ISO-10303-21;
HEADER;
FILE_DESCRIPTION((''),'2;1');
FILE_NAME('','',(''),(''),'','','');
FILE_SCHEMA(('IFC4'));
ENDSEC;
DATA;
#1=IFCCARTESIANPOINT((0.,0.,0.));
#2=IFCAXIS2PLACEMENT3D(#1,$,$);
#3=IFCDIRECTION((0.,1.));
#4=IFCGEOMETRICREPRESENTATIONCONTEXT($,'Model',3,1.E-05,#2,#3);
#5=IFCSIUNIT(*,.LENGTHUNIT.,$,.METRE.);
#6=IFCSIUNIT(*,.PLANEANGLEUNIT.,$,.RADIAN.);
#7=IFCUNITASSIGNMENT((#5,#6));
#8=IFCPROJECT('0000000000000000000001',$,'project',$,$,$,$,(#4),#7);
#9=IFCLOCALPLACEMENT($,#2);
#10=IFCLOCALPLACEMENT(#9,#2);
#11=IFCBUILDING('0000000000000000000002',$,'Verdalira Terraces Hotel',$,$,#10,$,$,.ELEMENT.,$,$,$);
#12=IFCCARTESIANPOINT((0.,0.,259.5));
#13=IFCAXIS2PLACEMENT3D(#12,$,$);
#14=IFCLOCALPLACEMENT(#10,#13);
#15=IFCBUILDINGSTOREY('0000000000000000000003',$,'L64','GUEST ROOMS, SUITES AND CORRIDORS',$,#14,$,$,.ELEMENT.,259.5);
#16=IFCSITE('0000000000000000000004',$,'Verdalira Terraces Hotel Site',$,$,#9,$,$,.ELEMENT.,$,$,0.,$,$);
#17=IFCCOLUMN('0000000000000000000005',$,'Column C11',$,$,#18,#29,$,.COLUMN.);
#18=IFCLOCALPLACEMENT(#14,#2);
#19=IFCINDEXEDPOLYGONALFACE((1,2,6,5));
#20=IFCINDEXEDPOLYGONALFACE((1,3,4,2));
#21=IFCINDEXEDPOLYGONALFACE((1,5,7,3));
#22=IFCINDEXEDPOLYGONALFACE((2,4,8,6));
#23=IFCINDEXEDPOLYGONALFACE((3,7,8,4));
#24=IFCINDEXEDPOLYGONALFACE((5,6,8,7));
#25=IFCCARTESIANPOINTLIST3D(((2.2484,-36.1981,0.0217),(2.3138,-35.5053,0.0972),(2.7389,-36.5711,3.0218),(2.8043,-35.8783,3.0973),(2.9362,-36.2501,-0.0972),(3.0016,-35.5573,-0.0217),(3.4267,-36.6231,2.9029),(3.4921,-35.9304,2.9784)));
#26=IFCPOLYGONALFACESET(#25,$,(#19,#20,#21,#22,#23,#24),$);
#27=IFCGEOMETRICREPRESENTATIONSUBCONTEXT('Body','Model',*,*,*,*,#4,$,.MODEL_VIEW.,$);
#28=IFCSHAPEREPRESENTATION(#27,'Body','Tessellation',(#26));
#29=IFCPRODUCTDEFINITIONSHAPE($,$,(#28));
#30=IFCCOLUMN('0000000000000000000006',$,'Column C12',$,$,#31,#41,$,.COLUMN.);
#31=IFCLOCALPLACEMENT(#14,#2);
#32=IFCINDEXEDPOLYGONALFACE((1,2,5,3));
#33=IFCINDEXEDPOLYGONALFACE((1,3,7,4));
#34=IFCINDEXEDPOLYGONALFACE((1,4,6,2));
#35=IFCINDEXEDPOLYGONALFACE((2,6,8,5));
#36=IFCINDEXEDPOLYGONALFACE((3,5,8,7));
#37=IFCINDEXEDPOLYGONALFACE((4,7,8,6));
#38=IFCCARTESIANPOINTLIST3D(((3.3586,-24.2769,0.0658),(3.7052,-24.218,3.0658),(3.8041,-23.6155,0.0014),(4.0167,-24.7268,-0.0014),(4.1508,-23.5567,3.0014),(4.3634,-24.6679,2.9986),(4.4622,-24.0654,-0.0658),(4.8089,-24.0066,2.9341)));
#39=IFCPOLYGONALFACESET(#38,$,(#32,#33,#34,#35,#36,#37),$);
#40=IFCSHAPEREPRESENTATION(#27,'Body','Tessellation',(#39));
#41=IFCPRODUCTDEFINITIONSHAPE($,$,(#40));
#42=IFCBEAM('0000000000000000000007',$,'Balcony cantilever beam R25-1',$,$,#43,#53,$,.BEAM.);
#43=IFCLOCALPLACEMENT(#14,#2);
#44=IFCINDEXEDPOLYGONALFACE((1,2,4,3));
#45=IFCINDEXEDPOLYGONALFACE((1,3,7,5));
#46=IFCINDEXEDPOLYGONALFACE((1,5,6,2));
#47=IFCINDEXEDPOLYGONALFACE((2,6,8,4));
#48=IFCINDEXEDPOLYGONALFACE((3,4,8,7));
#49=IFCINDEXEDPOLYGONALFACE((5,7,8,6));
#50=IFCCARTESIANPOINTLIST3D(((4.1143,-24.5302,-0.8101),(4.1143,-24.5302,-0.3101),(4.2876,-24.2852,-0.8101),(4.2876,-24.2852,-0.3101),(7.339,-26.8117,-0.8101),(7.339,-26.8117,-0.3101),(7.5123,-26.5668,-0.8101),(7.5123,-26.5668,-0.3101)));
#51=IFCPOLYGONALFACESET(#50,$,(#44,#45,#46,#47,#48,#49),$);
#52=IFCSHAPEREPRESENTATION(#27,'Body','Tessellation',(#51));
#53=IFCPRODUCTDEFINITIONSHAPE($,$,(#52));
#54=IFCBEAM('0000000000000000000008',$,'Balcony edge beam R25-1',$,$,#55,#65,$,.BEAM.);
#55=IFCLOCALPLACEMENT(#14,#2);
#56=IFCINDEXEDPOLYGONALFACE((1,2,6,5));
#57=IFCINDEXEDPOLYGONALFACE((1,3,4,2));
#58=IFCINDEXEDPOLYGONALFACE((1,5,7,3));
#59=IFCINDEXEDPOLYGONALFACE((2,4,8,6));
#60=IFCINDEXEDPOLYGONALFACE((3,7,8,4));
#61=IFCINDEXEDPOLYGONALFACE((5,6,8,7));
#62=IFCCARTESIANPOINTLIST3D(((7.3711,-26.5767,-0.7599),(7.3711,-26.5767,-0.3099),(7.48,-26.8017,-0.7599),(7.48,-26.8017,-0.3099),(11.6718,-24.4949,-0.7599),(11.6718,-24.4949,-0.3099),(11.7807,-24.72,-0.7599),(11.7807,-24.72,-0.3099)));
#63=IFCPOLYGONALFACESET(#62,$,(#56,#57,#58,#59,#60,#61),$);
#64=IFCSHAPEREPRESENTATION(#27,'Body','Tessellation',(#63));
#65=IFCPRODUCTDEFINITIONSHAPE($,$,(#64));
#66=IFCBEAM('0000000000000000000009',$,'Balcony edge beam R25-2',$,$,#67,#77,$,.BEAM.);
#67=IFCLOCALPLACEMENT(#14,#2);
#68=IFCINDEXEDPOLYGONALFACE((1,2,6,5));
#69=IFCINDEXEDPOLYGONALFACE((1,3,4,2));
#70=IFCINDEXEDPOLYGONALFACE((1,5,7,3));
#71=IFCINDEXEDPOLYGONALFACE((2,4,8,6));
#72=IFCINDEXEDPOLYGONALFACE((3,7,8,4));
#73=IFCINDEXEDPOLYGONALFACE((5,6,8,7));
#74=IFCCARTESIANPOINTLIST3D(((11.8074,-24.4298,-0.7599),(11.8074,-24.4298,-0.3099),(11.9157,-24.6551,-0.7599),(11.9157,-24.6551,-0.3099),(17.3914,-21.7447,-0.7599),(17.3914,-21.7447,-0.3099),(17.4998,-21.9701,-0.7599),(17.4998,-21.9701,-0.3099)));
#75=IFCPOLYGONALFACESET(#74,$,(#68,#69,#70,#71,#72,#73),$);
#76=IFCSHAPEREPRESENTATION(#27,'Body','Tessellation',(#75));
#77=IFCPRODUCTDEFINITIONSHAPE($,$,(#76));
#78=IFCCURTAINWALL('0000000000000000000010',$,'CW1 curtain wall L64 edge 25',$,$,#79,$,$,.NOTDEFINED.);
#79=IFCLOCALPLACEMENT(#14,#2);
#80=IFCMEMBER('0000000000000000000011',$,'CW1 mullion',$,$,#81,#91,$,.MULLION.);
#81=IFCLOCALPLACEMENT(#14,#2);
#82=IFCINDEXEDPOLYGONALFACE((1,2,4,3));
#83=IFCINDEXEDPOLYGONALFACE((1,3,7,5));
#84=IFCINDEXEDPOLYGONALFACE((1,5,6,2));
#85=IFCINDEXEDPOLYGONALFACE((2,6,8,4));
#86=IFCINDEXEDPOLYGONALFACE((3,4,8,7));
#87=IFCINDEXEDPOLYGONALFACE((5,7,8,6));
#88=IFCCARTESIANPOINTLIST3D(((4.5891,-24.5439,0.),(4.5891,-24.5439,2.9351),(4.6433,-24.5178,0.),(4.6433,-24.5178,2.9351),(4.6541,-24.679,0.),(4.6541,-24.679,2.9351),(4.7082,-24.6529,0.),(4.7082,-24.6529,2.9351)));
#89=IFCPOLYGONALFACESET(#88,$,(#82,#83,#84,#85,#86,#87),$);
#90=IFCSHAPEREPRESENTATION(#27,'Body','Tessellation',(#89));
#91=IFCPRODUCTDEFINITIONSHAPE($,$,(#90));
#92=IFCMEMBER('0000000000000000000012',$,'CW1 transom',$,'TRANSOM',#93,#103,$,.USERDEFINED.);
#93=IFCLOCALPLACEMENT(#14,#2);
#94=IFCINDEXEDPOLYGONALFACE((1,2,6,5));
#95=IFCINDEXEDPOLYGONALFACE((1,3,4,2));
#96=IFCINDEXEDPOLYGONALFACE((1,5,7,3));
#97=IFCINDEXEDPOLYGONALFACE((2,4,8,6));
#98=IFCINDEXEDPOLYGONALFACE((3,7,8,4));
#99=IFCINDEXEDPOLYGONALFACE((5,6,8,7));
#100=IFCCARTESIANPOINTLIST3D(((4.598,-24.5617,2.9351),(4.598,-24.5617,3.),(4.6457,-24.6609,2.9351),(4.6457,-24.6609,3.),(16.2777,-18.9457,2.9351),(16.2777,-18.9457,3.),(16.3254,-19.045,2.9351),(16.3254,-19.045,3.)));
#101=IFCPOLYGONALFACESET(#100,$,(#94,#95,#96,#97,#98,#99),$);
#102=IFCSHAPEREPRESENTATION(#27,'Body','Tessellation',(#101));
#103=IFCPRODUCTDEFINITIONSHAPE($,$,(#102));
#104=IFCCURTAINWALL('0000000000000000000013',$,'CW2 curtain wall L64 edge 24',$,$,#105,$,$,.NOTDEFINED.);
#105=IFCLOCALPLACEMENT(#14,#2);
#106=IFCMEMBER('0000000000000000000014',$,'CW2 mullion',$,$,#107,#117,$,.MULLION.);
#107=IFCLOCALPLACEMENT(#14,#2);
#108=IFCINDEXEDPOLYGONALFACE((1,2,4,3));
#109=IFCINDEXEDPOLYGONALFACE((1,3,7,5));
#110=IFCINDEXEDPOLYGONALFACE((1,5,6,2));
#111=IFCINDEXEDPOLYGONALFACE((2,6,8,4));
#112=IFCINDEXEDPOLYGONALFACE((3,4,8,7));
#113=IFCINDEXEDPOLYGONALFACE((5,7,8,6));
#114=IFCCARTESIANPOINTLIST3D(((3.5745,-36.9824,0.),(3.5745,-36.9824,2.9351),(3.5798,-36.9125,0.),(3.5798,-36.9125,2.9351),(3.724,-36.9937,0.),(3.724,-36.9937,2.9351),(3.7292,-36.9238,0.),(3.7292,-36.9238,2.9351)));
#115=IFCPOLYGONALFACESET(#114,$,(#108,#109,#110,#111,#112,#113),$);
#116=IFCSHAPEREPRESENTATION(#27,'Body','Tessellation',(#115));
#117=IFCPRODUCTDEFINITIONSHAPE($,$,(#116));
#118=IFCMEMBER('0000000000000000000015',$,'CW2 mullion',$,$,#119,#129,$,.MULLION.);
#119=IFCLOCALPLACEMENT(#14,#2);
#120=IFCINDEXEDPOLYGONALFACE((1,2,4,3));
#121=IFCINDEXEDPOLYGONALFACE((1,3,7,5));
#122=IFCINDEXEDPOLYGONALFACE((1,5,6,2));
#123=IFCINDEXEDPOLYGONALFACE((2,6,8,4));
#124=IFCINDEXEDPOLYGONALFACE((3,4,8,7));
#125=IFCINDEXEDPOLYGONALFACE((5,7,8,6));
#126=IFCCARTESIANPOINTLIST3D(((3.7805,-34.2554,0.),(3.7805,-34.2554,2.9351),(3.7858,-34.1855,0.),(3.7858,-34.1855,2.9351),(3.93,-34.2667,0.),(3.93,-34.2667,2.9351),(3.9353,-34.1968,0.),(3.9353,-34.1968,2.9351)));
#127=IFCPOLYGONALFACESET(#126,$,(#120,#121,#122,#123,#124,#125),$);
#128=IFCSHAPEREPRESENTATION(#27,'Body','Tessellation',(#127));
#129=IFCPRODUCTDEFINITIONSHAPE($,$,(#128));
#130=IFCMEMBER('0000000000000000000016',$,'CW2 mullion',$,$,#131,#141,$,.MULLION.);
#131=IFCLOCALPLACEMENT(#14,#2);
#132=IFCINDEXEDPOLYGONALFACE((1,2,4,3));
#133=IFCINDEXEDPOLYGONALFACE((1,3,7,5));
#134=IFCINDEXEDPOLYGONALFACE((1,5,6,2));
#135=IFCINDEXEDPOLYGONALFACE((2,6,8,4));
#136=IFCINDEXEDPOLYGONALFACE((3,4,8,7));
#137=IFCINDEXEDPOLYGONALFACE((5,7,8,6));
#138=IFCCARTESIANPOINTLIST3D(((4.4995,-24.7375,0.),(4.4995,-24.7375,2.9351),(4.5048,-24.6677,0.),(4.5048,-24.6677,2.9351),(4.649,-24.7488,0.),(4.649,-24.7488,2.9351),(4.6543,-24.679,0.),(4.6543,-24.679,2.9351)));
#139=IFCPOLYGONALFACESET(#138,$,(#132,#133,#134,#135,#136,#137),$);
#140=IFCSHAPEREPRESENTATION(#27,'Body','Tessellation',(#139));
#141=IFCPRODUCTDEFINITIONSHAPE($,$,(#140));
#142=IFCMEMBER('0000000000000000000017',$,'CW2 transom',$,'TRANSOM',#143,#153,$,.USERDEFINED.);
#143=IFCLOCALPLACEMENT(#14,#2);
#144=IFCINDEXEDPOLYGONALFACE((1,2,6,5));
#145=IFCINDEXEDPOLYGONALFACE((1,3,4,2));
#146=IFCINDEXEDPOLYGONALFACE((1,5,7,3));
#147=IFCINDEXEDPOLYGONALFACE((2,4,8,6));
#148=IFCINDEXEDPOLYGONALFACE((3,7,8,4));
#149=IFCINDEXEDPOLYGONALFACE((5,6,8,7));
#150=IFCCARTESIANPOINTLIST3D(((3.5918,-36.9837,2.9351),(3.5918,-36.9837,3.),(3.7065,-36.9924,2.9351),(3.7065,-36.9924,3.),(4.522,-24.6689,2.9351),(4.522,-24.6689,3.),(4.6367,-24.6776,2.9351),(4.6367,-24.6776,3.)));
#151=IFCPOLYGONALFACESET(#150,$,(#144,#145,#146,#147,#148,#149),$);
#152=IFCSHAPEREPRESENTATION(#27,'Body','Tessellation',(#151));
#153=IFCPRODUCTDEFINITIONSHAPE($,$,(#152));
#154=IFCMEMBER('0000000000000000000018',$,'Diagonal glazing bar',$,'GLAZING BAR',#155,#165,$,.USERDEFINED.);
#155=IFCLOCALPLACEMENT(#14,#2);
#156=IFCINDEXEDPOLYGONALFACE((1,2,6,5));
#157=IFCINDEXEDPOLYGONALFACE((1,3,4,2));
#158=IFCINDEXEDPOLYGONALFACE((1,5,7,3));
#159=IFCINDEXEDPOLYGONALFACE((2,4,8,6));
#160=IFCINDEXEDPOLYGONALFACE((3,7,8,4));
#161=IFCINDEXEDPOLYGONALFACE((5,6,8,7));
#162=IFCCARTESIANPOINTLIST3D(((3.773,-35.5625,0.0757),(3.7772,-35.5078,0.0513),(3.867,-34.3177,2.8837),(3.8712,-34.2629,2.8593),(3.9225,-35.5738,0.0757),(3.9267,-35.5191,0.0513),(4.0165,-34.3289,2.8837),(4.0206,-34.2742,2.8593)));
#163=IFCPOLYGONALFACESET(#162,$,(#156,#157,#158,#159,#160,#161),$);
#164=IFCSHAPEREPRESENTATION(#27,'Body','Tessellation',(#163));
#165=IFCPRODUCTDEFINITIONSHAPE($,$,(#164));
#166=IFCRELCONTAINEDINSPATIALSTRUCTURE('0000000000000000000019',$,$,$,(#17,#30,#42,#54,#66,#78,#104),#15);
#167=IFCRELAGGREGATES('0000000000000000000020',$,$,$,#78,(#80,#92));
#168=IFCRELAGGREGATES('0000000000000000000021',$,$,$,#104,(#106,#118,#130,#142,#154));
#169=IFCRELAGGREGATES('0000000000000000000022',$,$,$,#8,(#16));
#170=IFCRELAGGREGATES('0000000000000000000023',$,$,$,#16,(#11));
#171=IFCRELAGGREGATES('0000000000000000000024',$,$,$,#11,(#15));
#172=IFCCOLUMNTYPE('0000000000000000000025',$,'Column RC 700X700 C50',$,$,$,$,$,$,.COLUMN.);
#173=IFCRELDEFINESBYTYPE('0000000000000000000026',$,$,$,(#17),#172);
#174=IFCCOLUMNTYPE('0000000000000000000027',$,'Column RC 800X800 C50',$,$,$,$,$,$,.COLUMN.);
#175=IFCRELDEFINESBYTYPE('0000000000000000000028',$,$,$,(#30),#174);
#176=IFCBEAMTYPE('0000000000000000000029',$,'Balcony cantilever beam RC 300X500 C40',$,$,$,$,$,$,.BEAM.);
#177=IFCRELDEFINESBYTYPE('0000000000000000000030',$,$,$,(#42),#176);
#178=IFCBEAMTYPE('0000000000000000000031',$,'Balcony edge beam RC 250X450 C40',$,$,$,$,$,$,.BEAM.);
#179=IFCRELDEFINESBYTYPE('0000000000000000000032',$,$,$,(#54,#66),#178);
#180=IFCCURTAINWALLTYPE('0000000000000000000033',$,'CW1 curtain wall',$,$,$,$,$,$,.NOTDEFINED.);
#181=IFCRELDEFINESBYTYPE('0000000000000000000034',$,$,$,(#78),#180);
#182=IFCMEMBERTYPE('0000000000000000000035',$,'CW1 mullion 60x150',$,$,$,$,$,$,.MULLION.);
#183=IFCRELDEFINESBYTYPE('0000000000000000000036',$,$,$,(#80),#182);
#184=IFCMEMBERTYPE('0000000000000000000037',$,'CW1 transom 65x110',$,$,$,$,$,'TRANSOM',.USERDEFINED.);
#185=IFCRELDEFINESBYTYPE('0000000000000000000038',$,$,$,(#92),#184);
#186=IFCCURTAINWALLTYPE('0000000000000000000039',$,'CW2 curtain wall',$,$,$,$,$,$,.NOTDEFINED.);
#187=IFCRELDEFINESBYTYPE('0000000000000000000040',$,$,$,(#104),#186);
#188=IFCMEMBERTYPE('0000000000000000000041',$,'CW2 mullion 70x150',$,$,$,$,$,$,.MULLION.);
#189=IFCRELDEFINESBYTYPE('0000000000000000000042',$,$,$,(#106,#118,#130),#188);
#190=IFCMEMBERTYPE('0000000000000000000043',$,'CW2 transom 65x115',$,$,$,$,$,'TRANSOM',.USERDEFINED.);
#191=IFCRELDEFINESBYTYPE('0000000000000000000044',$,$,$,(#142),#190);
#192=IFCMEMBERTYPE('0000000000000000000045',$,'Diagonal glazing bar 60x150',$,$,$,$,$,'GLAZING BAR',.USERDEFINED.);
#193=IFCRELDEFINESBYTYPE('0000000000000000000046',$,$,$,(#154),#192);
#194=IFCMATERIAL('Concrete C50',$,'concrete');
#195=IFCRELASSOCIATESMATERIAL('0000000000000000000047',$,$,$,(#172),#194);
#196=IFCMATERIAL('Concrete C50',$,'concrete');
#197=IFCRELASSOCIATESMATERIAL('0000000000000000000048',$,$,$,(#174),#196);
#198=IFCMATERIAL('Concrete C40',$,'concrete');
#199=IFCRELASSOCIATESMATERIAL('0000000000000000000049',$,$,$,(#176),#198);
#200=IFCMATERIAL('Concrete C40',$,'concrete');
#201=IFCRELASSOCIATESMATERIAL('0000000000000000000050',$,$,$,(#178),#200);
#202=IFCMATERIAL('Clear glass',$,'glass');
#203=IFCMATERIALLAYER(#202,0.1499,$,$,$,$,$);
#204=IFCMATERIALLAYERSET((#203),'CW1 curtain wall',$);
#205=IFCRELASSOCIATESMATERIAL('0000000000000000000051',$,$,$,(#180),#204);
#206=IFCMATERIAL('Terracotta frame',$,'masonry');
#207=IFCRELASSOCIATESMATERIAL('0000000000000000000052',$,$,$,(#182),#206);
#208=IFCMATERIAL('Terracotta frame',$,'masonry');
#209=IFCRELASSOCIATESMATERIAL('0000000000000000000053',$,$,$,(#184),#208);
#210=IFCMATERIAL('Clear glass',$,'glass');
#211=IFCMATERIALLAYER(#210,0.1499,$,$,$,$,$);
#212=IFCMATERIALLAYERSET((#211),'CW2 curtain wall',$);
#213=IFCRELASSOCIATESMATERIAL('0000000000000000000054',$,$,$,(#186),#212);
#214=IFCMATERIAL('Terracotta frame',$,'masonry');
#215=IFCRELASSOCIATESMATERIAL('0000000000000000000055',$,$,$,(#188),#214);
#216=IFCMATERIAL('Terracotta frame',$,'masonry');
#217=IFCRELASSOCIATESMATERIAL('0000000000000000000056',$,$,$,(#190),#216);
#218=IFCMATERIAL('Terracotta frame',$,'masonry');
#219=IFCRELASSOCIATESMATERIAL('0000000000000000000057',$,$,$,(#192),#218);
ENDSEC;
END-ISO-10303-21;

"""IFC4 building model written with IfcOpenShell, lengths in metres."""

from ifc_helpers import new_model, si_unit, direction, frame, origin, origin_2d, place, context, subcontext, project, spatial, rectangle, extrude, material, layer, layer_set, material_profile, profile_set, type_object, element, aggregate, save


model = new_model("IFC4")

# Units and contexts
model_context = context("Model", 3, precision=1e-05, world=origin(), true_north=direction((0.0, 1.0)))
body_context = subcontext(model_context, "Body", "Model", "MODEL_VIEW")
ifc_project = project(units=[si_unit("LENGTHUNIT", "METRE"), si_unit("PLANEANGLEUNIT", "RADIAN")], contexts=[model_context])

# Site, building, storey
site_placement = place(None, origin())
site = spatial("IfcSite", under=ifc_project, at=site_placement, Name="Verdalira Terraces Hotel Site", CompositionType="ELEMENT", RefElevation=0.0)
building_placement = place(site_placement, origin())
building = spatial("IfcBuilding", under=site, at=building_placement, Name="Verdalira Terraces Hotel", CompositionType="ELEMENT")
storey_placement = place(building_placement, frame((0.0, 0.0, 259.5)))
storey = spatial("IfcBuildingStorey", under=building, at=storey_placement, Name="L64", Description="GUEST ROOMS, SUITES AND CORRIDORS", CompositionType="ELEMENT", Elevation=259.5)

# Columns
ifc_material_1 = material(Name="Concrete C50", Category="concrete")
ifc_material_profile_1 = material_profile(ifc_material_1, rectangle(XDim=0.7, YDim=0.7, at=origin_2d()), Name="RC 700X700")
ifc_profile_set_1 = profile_set([ifc_material_profile_1], Name="Concrete C50")
column_type_1 = type_object("IfcColumnType", Name="Column RC 700X700 C50", PredefinedType="COLUMN", material=ifc_profile_set_1)
column_1_placement = place(storey_placement, frame((2.625, -35.8777, 0.0), z_axis=(0.160149, -0.121806, 0.979549), x_axis=(0.093489, 0.989768, 0.107792)))
element("IfcColumn", 1, at=column_1_placement, inside=storey, type_object=column_type_1, Name="Column C11", PredefinedType="COLUMN", context=body_context, shape_type="SweptSolid", body=[
    extrude(rectangle(XDim=0.7, YDim=0.7, at=origin_2d()), origin(), (0.0, 0.0, 1.0), 3.0627),
])
ifc_material_2 = material(Name="Concrete C50", Category="concrete")
ifc_material_profile_2 = material_profile(ifc_material_2, rectangle(XDim=0.8, YDim=0.8, at=origin_2d()), Name="RC 800X800")
ifc_profile_set_2 = profile_set([ifc_material_profile_2], Name="Concrete C50")
column_type_2 = type_object("IfcColumnType", Name="Column RC 800X800 C50", PredefinedType="COLUMN", material=ifc_profile_set_2)
column_2_placement = place(storey_placement, frame((3.9104, -24.1711, 0.0), z_axis=(0.114774, 0.019479, 0.993201), x_axis=(-0.556895, -0.826666, 0.080568)))
element("IfcColumn", 2, at=column_2_placement, inside=storey, type_object=column_type_2, Name="Column C12", PredefinedType="COLUMN", context=body_context, shape_type="SweptSolid", body=[
    extrude(rectangle(XDim=0.8, YDim=0.8, at=origin_2d()), origin(), (0.0, 0.0, 1.0), 3.0205),
])

# Beams
ifc_material_3 = material(Name="Concrete C40", Category="concrete")
ifc_material_profile_3 = material_profile(ifc_material_3, rectangle(XDim=0.3, YDim=0.5, at=origin_2d()), Name="RC 300X500")
ifc_profile_set_3 = profile_set([ifc_material_profile_3], Name="Concrete C40")
beam_type_1 = type_object("IfcBeamType", Name="Balcony cantilever beam RC 300X500 C40", PredefinedType="BEAM", material=ifc_profile_set_3)
beam_1_placement = place(storey_placement, frame((4.2009, -24.4077, -0.5601), z_axis=(0.816335, -0.577578, 0.0), x_axis=(0.577578, 0.816335, 0.0)))
element("IfcBeam", 3, at=beam_1_placement, inside=storey, type_object=beam_type_1, Name="Balcony cantilever beam R25-1", PredefinedType="BEAM", context=body_context, shape_type="SweptSolid", body=[
    extrude(rectangle(XDim=0.3, YDim=0.5, at=origin_2d()), origin(), (0.0, 0.0, 1.0), 3.9502),
])
ifc_material_4 = material(Name="Concrete C40", Category="concrete")
ifc_material_profile_4 = material_profile(ifc_material_4, rectangle(XDim=0.25, YDim=0.45, at=origin_2d()), Name="RC 250X450")
ifc_profile_set_4 = profile_set([ifc_material_profile_4], Name="Concrete C40")
beam_type_2 = type_object("IfcBeamType", Name="Balcony edge beam RC 250X450 C40", PredefinedType="BEAM", material=ifc_profile_set_4)
beam_2_placement = place(storey_placement, frame((7.4255, -26.6892, -0.5349), z_axis=(0.900097, 0.43569, 0.0), x_axis=(-0.43569, 0.900097, 0.0)))
element("IfcBeam", 4, at=beam_2_placement, inside=storey, type_object=beam_type_2, Name="Balcony edge beam R25-1", PredefinedType="BEAM", context=body_context, shape_type="SweptSolid", body=[
    extrude(rectangle(XDim=0.25, YDim=0.45, at=origin_2d()), origin(), (0.0, 0.0, 1.0), 4.7781),
])
beam_3_placement = place(storey_placement, frame((11.8616, -24.5425, -0.5349), z_axis=(0.901224, 0.433354, 0.0), x_axis=(-0.433354, 0.901224, 0.0)))
element("IfcBeam", 5, at=beam_3_placement, inside=storey, type_object=beam_type_2, Name="Balcony edge beam R25-2", PredefinedType="BEAM", context=body_context, shape_type="SweptSolid", body=[
    extrude(rectangle(XDim=0.25, YDim=0.45, at=origin_2d()), origin(), (0.0, 0.0, 1.0), 6.196),
])

# Curtain walls, members
ifc_material_5 = material(Name="Clear glass", Category="glass")
ifc_layer_1 = layer(ifc_material_5, 0.1499)
ifc_layer_set_1 = layer_set([ifc_layer_1], Name="CW1 curtain wall")
curtain_wall_type_1 = type_object("IfcCurtainWallType", Name="CW1 curtain wall", PredefinedType="NOTDEFINED", material=ifc_layer_set_1)
curtain_wall_1_placement = place(storey_placement, origin())
curtain_wall_1 = element("IfcCurtainWall", 6, at=curtain_wall_1_placement, inside=storey, type_object=curtain_wall_type_1, Name="CW1 curtain wall L64 edge 25", PredefinedType="NOTDEFINED")
ifc_material_6 = material(Name="Terracotta frame", Category="masonry")
ifc_material_profile_5 = material_profile(ifc_material_6, rectangle(XDim=0.0601, YDim=0.1499, at=origin_2d()), Name="MU 60x150")
ifc_profile_set_5 = profile_set([ifc_material_profile_5], Name="Terracotta frame")
member_type_1 = type_object("IfcMemberType", Name="CW1 mullion 60x150", PredefinedType="MULLION", material=ifc_profile_set_5)
member_1_placement = place(storey_placement, frame((4.6487, -24.5984, 0.0), z_axis=(0.0, 0.0, 1.0), x_axis=(0.901228, 0.433345, 0.0)))
member_1 = element("IfcMember", 7, at=member_1_placement, type_object=member_type_1, Name="CW1 mullion", PredefinedType="MULLION", context=body_context, shape_type="SweptSolid", body=[
    extrude(rectangle(XDim=0.0601, YDim=0.1499, at=origin_2d()), origin(), (0.0, 0.0, 1.0), 2.9351),
])
ifc_material_7 = material(Name="Terracotta frame", Category="masonry")
ifc_material_profile_6 = material_profile(ifc_material_7, rectangle(XDim=0.1101, YDim=0.0649, at=origin_2d()), Name="TR 65x110")
ifc_profile_set_6 = profile_set([ifc_material_profile_6], Name="Terracotta frame")
member_type_2 = type_object("IfcMemberType", Name="CW1 transom 65x110", ElementType="TRANSOM", PredefinedType="USERDEFINED", material=ifc_profile_set_6)
member_2_placement = place(storey_placement, frame((4.6218, -24.6113, 2.9675), z_axis=(0.90123, 0.43334, 0.0), x_axis=(-0.43334, 0.90123, 0.0)))
member_2 = element("IfcMember", 8, at=member_2_placement, type_object=member_type_2, Name="CW1 transom", ObjectType="TRANSOM", PredefinedType="USERDEFINED", context=body_context, shape_type="SweptSolid", body=[
    extrude(rectangle(XDim=0.1101, YDim=0.0649, at=origin_2d()), origin(), (0.0, 0.0, 1.0), 12.9597),
])
ifc_material_8 = material(Name="Clear glass", Category="glass")
ifc_layer_2 = layer(ifc_material_8, 0.1499)
ifc_layer_set_2 = layer_set([ifc_layer_2], Name="CW2 curtain wall")
curtain_wall_type_2 = type_object("IfcCurtainWallType", Name="CW2 curtain wall", PredefinedType="NOTDEFINED", material=ifc_layer_set_2)
curtain_wall_2_placement = place(storey_placement, origin())
curtain_wall_2 = element("IfcCurtainWall", 9, at=curtain_wall_2_placement, inside=storey, type_object=curtain_wall_type_2, Name="CW2 curtain wall L64 edge 24", PredefinedType="NOTDEFINED")
ifc_material_9 = material(Name="Terracotta frame", Category="masonry")
ifc_material_profile_7 = material_profile(ifc_material_9, rectangle(XDim=0.0701, YDim=0.1499, at=origin_2d()), Name="MU 70x150")
ifc_profile_set_7 = profile_set([ifc_material_profile_7], Name="Terracotta frame")
member_type_3 = type_object("IfcMemberType", Name="CW2 mullion 70x150", PredefinedType="MULLION", material=ifc_profile_set_7)
member_3_placement = place(storey_placement, frame((3.6519, -36.9531, 0.0), z_axis=(0.0, 0.0, 1.0), x_axis=(0.075327, 0.997159, 0.0)))
member_3 = element("IfcMember", 10, at=member_3_placement, type_object=member_type_3, Name="CW2 mullion", PredefinedType="MULLION", context=body_context, shape_type="SweptSolid", body=[
    extrude(rectangle(XDim=0.0701, YDim=0.1499, at=origin_2d()), origin(), (0.0, 0.0, 1.0), 2.9351),
])
member_4_placement = place(storey_placement, frame((3.8579, -34.2261, 0.0), z_axis=(0.0, 0.0, 1.0), x_axis=(0.075327, 0.997159, 0.0)))
member_4 = element("IfcMember", 11, at=member_4_placement, type_object=member_type_3, Name="CW2 mullion", PredefinedType="MULLION", context=body_context, shape_type="SweptSolid", body=[
    extrude(rectangle(XDim=0.0701, YDim=0.1499, at=origin_2d()), origin(), (0.0, 0.0, 1.0), 2.9351),
])
member_5_placement = place(storey_placement, frame((4.5769, -24.7083, 0.0), z_axis=(0.0, 0.0, 1.0), x_axis=(0.075327, 0.997159, 0.0)))
member_5 = element("IfcMember", 12, at=member_5_placement, type_object=member_type_3, Name="CW2 mullion", PredefinedType="MULLION", context=body_context, shape_type="SweptSolid", body=[
    extrude(rectangle(XDim=0.0701, YDim=0.1499, at=origin_2d()), origin(), (0.0, 0.0, 1.0), 2.9351),
])
ifc_material_10 = material(Name="Terracotta frame", Category="masonry")
ifc_material_profile_8 = material_profile(ifc_material_10, rectangle(XDim=0.115, YDim=0.0649, at=origin_2d()), Name="TR 65x115")
ifc_profile_set_8 = profile_set([ifc_material_profile_8], Name="Terracotta frame")
member_type_4 = type_object("IfcMemberType", Name="CW2 transom 65x115", ElementType="TRANSOM", PredefinedType="USERDEFINED", material=ifc_profile_set_8)
member_6_placement = place(storey_placement, frame((3.6492, -36.988, 2.9675), z_axis=(0.075319, 0.997159, 0.0), x_axis=(-0.997159, 0.075319, 0.0)))
member_6 = element("IfcMember", 13, at=member_6_placement, type_object=member_type_4, Name="CW2 transom", ObjectType="TRANSOM", PredefinedType="USERDEFINED", context=body_context, shape_type="SweptSolid", body=[
    extrude(rectangle(XDim=0.115, YDim=0.0649, at=origin_2d()), origin(), (0.0, 0.0, 1.0), 12.3499),
])
ifc_material_11 = material(Name="Terracotta frame", Category="masonry")
ifc_material_profile_9 = material_profile(ifc_material_11, rectangle(XDim=0.1499, YDim=0.0601, at=origin_2d()), Name="GB 60x150")
ifc_profile_set_9 = profile_set([ifc_material_profile_9], Name="Terracotta frame")
member_type_5 = type_object("IfcMemberType", Name="Diagonal glazing bar 60x150", ElementType="GLAZING BAR", PredefinedType="USERDEFINED", material=ifc_profile_set_9)
member_7_placement = place(storey_placement, frame((3.8499, -35.5408, 0.0635), z_axis=(0.030586, 0.405086, 0.913767), x_axis=(-0.997162, 0.075291, 0.0)))
member_7 = element("IfcMember", 14, at=member_7_placement, type_object=member_type_5, Name="Diagonal glazing bar", ObjectType="GLAZING BAR", PredefinedType="USERDEFINED", context=body_context, shape_type="SweptSolid", body=[
    extrude(rectangle(XDim=0.1499, YDim=0.0601, at=origin_2d()), origin(), (0.0, 0.0, 1.0), 3.073),
])

aggregate(curtain_wall_1, [member_1, member_2])
aggregate(curtain_wall_2, [member_3, member_4, member_5, member_6, member_7])

save(model, "model.ifc")
